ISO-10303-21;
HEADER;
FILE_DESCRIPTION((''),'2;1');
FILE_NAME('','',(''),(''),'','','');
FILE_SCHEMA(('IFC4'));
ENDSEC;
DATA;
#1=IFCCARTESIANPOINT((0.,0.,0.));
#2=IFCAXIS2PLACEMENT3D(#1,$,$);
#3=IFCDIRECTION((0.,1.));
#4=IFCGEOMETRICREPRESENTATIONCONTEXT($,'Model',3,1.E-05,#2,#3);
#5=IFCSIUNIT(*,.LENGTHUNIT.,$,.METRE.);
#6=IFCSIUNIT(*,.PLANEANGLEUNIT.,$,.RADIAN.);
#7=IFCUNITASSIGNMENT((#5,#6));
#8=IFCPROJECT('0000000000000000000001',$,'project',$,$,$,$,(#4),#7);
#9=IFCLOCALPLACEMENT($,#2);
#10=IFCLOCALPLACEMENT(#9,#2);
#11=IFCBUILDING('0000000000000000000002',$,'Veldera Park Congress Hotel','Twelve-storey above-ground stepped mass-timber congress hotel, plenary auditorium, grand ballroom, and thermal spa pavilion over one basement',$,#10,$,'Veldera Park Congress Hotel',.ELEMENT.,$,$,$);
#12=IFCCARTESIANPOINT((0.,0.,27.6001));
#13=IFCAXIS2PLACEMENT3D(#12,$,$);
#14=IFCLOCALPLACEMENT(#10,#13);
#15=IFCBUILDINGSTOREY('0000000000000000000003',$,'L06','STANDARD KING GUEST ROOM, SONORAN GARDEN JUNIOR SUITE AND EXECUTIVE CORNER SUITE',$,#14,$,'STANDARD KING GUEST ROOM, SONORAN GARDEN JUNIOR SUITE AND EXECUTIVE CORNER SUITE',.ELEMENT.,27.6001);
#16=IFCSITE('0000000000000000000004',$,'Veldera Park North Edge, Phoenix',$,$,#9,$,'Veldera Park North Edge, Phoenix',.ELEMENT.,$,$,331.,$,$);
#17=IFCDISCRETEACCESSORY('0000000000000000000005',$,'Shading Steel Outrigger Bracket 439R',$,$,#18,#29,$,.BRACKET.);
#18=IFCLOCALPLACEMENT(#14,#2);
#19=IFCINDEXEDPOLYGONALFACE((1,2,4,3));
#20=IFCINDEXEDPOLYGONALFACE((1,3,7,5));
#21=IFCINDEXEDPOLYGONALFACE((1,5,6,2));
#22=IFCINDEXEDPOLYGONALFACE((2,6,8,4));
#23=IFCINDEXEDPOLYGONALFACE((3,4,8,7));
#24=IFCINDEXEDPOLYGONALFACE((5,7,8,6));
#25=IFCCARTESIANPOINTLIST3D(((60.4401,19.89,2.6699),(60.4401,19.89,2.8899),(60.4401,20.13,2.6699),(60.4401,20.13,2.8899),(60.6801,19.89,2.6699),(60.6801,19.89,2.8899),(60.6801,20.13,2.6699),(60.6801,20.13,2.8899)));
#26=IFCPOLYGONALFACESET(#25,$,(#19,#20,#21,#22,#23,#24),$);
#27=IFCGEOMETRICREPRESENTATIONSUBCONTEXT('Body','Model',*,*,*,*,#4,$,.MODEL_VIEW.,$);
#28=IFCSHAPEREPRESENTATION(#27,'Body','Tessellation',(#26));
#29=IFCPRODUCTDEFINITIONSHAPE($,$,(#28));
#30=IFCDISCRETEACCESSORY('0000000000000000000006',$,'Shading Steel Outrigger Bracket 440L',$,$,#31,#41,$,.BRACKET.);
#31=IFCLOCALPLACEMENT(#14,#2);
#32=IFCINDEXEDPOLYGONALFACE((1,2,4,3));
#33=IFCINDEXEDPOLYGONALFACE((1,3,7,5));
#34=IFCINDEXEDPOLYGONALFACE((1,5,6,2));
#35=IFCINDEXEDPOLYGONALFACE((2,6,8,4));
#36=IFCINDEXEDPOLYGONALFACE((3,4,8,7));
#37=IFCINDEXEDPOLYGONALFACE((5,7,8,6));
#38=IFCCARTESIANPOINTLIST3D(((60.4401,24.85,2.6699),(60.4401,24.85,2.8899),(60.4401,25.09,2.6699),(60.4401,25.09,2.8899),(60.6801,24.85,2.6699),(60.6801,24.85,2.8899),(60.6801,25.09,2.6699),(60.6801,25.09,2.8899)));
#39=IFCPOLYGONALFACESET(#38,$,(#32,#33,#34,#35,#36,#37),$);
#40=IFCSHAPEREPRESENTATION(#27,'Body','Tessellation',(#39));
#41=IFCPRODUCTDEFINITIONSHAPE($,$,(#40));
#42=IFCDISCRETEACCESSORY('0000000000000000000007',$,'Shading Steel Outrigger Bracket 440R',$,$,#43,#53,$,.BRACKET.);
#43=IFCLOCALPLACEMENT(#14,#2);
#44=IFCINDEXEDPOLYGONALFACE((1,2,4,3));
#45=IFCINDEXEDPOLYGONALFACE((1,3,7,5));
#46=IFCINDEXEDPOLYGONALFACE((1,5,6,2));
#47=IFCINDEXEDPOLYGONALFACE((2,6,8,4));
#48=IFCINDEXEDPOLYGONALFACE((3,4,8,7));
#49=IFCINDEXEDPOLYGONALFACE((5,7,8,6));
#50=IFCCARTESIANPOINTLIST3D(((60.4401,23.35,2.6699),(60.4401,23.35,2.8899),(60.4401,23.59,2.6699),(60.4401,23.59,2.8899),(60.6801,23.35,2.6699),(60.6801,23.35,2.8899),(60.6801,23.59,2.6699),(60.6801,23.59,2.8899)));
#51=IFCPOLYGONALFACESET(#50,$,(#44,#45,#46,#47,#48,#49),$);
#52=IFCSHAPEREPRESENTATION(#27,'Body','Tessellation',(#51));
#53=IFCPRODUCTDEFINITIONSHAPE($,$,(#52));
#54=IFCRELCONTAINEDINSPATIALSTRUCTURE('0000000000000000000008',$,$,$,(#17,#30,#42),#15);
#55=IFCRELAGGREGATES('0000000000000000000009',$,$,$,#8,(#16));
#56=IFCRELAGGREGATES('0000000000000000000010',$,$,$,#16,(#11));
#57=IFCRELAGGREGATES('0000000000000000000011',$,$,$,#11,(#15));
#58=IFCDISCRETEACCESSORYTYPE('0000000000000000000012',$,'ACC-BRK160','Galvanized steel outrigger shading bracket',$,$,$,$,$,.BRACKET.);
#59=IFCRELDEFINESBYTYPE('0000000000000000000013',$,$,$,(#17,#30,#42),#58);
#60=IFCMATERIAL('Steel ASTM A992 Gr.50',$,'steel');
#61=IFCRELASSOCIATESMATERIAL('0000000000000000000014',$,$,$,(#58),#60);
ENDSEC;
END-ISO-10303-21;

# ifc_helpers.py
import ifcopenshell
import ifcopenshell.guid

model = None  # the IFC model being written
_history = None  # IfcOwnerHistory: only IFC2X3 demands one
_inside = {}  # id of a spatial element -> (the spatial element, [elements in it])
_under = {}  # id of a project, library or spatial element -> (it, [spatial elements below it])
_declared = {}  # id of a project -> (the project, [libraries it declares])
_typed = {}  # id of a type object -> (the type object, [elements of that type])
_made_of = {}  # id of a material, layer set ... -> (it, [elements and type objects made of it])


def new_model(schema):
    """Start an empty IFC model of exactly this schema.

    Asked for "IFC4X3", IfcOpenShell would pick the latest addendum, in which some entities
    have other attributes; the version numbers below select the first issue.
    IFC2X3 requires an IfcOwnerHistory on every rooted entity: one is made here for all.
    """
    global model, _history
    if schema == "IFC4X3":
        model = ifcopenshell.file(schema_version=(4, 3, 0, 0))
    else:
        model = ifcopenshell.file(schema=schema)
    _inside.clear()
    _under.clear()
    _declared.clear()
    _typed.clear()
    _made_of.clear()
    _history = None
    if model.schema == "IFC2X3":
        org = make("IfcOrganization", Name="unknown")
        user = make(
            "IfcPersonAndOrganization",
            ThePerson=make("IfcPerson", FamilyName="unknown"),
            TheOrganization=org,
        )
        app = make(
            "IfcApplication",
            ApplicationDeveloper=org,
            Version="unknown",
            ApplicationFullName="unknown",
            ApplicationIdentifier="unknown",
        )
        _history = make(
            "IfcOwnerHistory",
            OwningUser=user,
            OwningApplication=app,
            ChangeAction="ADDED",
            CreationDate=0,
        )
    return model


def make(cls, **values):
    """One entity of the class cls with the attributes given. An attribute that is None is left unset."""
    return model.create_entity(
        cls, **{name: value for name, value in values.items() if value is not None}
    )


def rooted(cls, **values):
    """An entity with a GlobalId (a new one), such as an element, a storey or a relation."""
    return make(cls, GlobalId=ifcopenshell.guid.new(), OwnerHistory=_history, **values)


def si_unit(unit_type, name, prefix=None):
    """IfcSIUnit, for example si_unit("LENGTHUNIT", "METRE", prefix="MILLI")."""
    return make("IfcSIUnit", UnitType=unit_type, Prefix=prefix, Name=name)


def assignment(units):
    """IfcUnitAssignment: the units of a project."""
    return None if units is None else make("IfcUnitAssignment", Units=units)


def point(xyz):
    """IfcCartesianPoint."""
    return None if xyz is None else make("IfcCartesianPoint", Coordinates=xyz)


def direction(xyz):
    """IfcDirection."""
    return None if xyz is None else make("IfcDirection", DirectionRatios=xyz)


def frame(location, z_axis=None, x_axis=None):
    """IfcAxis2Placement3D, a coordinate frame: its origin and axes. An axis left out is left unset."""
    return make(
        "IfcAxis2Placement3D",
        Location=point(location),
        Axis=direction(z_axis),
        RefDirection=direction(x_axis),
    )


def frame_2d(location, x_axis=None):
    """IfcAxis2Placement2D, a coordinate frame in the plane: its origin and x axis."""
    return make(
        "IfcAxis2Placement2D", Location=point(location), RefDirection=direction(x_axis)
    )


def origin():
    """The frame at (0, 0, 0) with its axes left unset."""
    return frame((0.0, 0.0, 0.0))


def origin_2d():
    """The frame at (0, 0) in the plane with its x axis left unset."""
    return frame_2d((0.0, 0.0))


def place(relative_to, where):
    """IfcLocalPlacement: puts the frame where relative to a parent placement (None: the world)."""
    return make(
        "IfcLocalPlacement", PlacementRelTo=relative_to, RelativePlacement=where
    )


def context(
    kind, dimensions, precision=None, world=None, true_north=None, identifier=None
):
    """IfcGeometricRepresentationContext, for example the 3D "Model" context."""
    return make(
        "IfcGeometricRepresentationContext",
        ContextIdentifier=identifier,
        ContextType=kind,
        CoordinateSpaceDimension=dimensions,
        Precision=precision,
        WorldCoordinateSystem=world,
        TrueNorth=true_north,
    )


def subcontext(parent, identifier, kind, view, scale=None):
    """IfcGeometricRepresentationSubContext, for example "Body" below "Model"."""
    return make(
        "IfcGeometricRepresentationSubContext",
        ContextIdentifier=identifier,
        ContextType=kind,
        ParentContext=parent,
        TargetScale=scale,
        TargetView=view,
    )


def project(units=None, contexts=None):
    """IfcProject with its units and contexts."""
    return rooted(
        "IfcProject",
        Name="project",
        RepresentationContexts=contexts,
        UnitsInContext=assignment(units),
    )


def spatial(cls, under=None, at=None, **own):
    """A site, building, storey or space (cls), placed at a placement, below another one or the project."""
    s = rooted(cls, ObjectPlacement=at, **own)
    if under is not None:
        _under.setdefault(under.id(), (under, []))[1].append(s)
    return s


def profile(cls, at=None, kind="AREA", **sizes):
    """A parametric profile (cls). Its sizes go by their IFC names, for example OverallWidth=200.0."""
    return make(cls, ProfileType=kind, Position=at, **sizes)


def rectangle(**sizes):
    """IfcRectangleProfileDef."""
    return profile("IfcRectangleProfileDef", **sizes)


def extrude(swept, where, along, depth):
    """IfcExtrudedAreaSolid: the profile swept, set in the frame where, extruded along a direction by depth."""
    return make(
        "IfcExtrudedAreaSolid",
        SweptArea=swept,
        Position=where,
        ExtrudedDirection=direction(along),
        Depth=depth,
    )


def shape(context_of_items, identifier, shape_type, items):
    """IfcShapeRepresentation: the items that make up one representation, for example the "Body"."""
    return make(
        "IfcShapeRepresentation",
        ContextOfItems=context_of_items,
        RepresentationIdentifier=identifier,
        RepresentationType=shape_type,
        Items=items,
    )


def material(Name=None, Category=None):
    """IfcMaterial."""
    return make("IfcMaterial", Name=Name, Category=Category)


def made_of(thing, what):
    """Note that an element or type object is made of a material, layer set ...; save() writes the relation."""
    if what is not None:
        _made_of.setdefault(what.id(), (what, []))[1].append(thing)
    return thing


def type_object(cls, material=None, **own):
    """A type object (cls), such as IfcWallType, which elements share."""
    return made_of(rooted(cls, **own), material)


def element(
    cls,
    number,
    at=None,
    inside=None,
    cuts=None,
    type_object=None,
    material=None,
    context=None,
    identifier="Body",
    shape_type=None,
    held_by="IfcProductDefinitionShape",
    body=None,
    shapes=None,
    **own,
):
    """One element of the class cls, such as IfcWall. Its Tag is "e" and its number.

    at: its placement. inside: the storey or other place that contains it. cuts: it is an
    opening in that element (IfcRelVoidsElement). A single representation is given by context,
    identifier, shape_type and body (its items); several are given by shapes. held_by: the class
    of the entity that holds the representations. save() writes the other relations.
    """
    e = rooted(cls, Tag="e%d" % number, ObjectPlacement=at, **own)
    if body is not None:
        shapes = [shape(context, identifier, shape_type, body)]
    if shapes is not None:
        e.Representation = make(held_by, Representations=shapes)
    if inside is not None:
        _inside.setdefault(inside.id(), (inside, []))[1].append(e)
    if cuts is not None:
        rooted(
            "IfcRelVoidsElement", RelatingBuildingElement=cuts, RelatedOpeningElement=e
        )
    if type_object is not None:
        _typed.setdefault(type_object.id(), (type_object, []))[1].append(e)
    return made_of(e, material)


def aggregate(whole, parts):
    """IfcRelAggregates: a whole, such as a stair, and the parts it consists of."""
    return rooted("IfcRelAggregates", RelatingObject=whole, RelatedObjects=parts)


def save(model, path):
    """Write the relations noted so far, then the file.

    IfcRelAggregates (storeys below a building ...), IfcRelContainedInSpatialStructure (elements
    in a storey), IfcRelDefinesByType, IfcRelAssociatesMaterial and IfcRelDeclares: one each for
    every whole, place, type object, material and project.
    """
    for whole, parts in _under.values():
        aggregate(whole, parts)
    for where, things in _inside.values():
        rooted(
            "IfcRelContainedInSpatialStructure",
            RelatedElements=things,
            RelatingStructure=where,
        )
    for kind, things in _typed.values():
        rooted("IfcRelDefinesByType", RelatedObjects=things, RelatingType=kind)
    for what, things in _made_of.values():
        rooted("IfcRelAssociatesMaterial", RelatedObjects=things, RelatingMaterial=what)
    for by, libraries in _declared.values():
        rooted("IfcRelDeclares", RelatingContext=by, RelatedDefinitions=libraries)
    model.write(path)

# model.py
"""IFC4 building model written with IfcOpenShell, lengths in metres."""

from ifc_helpers import new_model, si_unit, direction, frame, origin, origin_2d, place, context, subcontext, project, spatial, rectangle, extrude, material, type_object, element, save


model = new_model("IFC4")

# Units and contexts
model_context = context("Model", 3, precision=1e-05, world=origin(), true_north=direction((0.0, 1.0)))
body_context = subcontext(model_context, "Body", "Model", "MODEL_VIEW")
ifc_project = project(units=[si_unit("LENGTHUNIT", "METRE"), si_unit("PLANEANGLEUNIT", "RADIAN")], contexts=[model_context])

# Site, building, storey
site_placement = place(None, origin())
site = spatial("IfcSite", under=ifc_project, at=site_placement, Name="Veldera Park North Edge, Phoenix", LongName="Veldera Park North Edge, Phoenix", CompositionType="ELEMENT", RefElevation=331.0)
building_placement = place(site_placement, origin())
building = spatial("IfcBuilding", under=site, at=building_placement, Name="Veldera Park Congress Hotel", Description="Twelve-storey above-ground stepped mass-timber congress hotel, plenary auditorium, grand ballroom, and thermal spa pavilion over one basement", LongName="Veldera Park Congress Hotel", CompositionType="ELEMENT")
storey_placement = place(building_placement, frame((0.0, 0.0, 27.6001)))
storey = spatial("IfcBuildingStorey", under=building, at=storey_placement, Name="L06", Description="STANDARD KING GUEST ROOM, SONORAN GARDEN JUNIOR SUITE AND EXECUTIVE CORNER SUITE", LongName="STANDARD KING GUEST ROOM, SONORAN GARDEN JUNIOR SUITE AND EXECUTIVE CORNER SUITE", CompositionType="ELEMENT", Elevation=27.6001)

# Discrete accessories
ifc_material_1 = material(Name="Steel ASTM A992 Gr.50", Category="steel")
discrete_accessory_type = type_object("IfcDiscreteAccessoryType", Name="ACC-BRK160", Description="Galvanized steel outrigger shading bracket", PredefinedType="BRACKET", material=ifc_material_1)
for number, where, z_axis, x_axis, name in (
    (1, (60.5601, 20.01, 2.6699), (0.0, 0.0, 1.0), (0.0, -1.0, 0.0), "Shading Steel Outrigger Bracket 439R"),
    (2, (60.5601, 24.97, 2.6699), (0.0, 0.0, 1.0), (0.0, -1.0, 0.0), "Shading Steel Outrigger Bracket 440L"),
    (3, (60.5601, 23.47, 2.6699), (0.0, 0.0, 1.0), (0.0, -1.0, 0.0), "Shading Steel Outrigger Bracket 440R"),
):
    element("IfcDiscreteAccessory", number, at=place(storey_placement, frame(where, z_axis=z_axis, x_axis=x_axis)), inside=storey, type_object=discrete_accessory_type, Name=name, PredefinedType="BRACKET", context=body_context, shape_type="SweptSolid", body=[
        extrude(rectangle(XDim=0.24, YDim=0.24, at=origin_2d()), origin(), (0.0, 0.0, 1.0), 0.22),
    ])

save(model, "model.ifc")
